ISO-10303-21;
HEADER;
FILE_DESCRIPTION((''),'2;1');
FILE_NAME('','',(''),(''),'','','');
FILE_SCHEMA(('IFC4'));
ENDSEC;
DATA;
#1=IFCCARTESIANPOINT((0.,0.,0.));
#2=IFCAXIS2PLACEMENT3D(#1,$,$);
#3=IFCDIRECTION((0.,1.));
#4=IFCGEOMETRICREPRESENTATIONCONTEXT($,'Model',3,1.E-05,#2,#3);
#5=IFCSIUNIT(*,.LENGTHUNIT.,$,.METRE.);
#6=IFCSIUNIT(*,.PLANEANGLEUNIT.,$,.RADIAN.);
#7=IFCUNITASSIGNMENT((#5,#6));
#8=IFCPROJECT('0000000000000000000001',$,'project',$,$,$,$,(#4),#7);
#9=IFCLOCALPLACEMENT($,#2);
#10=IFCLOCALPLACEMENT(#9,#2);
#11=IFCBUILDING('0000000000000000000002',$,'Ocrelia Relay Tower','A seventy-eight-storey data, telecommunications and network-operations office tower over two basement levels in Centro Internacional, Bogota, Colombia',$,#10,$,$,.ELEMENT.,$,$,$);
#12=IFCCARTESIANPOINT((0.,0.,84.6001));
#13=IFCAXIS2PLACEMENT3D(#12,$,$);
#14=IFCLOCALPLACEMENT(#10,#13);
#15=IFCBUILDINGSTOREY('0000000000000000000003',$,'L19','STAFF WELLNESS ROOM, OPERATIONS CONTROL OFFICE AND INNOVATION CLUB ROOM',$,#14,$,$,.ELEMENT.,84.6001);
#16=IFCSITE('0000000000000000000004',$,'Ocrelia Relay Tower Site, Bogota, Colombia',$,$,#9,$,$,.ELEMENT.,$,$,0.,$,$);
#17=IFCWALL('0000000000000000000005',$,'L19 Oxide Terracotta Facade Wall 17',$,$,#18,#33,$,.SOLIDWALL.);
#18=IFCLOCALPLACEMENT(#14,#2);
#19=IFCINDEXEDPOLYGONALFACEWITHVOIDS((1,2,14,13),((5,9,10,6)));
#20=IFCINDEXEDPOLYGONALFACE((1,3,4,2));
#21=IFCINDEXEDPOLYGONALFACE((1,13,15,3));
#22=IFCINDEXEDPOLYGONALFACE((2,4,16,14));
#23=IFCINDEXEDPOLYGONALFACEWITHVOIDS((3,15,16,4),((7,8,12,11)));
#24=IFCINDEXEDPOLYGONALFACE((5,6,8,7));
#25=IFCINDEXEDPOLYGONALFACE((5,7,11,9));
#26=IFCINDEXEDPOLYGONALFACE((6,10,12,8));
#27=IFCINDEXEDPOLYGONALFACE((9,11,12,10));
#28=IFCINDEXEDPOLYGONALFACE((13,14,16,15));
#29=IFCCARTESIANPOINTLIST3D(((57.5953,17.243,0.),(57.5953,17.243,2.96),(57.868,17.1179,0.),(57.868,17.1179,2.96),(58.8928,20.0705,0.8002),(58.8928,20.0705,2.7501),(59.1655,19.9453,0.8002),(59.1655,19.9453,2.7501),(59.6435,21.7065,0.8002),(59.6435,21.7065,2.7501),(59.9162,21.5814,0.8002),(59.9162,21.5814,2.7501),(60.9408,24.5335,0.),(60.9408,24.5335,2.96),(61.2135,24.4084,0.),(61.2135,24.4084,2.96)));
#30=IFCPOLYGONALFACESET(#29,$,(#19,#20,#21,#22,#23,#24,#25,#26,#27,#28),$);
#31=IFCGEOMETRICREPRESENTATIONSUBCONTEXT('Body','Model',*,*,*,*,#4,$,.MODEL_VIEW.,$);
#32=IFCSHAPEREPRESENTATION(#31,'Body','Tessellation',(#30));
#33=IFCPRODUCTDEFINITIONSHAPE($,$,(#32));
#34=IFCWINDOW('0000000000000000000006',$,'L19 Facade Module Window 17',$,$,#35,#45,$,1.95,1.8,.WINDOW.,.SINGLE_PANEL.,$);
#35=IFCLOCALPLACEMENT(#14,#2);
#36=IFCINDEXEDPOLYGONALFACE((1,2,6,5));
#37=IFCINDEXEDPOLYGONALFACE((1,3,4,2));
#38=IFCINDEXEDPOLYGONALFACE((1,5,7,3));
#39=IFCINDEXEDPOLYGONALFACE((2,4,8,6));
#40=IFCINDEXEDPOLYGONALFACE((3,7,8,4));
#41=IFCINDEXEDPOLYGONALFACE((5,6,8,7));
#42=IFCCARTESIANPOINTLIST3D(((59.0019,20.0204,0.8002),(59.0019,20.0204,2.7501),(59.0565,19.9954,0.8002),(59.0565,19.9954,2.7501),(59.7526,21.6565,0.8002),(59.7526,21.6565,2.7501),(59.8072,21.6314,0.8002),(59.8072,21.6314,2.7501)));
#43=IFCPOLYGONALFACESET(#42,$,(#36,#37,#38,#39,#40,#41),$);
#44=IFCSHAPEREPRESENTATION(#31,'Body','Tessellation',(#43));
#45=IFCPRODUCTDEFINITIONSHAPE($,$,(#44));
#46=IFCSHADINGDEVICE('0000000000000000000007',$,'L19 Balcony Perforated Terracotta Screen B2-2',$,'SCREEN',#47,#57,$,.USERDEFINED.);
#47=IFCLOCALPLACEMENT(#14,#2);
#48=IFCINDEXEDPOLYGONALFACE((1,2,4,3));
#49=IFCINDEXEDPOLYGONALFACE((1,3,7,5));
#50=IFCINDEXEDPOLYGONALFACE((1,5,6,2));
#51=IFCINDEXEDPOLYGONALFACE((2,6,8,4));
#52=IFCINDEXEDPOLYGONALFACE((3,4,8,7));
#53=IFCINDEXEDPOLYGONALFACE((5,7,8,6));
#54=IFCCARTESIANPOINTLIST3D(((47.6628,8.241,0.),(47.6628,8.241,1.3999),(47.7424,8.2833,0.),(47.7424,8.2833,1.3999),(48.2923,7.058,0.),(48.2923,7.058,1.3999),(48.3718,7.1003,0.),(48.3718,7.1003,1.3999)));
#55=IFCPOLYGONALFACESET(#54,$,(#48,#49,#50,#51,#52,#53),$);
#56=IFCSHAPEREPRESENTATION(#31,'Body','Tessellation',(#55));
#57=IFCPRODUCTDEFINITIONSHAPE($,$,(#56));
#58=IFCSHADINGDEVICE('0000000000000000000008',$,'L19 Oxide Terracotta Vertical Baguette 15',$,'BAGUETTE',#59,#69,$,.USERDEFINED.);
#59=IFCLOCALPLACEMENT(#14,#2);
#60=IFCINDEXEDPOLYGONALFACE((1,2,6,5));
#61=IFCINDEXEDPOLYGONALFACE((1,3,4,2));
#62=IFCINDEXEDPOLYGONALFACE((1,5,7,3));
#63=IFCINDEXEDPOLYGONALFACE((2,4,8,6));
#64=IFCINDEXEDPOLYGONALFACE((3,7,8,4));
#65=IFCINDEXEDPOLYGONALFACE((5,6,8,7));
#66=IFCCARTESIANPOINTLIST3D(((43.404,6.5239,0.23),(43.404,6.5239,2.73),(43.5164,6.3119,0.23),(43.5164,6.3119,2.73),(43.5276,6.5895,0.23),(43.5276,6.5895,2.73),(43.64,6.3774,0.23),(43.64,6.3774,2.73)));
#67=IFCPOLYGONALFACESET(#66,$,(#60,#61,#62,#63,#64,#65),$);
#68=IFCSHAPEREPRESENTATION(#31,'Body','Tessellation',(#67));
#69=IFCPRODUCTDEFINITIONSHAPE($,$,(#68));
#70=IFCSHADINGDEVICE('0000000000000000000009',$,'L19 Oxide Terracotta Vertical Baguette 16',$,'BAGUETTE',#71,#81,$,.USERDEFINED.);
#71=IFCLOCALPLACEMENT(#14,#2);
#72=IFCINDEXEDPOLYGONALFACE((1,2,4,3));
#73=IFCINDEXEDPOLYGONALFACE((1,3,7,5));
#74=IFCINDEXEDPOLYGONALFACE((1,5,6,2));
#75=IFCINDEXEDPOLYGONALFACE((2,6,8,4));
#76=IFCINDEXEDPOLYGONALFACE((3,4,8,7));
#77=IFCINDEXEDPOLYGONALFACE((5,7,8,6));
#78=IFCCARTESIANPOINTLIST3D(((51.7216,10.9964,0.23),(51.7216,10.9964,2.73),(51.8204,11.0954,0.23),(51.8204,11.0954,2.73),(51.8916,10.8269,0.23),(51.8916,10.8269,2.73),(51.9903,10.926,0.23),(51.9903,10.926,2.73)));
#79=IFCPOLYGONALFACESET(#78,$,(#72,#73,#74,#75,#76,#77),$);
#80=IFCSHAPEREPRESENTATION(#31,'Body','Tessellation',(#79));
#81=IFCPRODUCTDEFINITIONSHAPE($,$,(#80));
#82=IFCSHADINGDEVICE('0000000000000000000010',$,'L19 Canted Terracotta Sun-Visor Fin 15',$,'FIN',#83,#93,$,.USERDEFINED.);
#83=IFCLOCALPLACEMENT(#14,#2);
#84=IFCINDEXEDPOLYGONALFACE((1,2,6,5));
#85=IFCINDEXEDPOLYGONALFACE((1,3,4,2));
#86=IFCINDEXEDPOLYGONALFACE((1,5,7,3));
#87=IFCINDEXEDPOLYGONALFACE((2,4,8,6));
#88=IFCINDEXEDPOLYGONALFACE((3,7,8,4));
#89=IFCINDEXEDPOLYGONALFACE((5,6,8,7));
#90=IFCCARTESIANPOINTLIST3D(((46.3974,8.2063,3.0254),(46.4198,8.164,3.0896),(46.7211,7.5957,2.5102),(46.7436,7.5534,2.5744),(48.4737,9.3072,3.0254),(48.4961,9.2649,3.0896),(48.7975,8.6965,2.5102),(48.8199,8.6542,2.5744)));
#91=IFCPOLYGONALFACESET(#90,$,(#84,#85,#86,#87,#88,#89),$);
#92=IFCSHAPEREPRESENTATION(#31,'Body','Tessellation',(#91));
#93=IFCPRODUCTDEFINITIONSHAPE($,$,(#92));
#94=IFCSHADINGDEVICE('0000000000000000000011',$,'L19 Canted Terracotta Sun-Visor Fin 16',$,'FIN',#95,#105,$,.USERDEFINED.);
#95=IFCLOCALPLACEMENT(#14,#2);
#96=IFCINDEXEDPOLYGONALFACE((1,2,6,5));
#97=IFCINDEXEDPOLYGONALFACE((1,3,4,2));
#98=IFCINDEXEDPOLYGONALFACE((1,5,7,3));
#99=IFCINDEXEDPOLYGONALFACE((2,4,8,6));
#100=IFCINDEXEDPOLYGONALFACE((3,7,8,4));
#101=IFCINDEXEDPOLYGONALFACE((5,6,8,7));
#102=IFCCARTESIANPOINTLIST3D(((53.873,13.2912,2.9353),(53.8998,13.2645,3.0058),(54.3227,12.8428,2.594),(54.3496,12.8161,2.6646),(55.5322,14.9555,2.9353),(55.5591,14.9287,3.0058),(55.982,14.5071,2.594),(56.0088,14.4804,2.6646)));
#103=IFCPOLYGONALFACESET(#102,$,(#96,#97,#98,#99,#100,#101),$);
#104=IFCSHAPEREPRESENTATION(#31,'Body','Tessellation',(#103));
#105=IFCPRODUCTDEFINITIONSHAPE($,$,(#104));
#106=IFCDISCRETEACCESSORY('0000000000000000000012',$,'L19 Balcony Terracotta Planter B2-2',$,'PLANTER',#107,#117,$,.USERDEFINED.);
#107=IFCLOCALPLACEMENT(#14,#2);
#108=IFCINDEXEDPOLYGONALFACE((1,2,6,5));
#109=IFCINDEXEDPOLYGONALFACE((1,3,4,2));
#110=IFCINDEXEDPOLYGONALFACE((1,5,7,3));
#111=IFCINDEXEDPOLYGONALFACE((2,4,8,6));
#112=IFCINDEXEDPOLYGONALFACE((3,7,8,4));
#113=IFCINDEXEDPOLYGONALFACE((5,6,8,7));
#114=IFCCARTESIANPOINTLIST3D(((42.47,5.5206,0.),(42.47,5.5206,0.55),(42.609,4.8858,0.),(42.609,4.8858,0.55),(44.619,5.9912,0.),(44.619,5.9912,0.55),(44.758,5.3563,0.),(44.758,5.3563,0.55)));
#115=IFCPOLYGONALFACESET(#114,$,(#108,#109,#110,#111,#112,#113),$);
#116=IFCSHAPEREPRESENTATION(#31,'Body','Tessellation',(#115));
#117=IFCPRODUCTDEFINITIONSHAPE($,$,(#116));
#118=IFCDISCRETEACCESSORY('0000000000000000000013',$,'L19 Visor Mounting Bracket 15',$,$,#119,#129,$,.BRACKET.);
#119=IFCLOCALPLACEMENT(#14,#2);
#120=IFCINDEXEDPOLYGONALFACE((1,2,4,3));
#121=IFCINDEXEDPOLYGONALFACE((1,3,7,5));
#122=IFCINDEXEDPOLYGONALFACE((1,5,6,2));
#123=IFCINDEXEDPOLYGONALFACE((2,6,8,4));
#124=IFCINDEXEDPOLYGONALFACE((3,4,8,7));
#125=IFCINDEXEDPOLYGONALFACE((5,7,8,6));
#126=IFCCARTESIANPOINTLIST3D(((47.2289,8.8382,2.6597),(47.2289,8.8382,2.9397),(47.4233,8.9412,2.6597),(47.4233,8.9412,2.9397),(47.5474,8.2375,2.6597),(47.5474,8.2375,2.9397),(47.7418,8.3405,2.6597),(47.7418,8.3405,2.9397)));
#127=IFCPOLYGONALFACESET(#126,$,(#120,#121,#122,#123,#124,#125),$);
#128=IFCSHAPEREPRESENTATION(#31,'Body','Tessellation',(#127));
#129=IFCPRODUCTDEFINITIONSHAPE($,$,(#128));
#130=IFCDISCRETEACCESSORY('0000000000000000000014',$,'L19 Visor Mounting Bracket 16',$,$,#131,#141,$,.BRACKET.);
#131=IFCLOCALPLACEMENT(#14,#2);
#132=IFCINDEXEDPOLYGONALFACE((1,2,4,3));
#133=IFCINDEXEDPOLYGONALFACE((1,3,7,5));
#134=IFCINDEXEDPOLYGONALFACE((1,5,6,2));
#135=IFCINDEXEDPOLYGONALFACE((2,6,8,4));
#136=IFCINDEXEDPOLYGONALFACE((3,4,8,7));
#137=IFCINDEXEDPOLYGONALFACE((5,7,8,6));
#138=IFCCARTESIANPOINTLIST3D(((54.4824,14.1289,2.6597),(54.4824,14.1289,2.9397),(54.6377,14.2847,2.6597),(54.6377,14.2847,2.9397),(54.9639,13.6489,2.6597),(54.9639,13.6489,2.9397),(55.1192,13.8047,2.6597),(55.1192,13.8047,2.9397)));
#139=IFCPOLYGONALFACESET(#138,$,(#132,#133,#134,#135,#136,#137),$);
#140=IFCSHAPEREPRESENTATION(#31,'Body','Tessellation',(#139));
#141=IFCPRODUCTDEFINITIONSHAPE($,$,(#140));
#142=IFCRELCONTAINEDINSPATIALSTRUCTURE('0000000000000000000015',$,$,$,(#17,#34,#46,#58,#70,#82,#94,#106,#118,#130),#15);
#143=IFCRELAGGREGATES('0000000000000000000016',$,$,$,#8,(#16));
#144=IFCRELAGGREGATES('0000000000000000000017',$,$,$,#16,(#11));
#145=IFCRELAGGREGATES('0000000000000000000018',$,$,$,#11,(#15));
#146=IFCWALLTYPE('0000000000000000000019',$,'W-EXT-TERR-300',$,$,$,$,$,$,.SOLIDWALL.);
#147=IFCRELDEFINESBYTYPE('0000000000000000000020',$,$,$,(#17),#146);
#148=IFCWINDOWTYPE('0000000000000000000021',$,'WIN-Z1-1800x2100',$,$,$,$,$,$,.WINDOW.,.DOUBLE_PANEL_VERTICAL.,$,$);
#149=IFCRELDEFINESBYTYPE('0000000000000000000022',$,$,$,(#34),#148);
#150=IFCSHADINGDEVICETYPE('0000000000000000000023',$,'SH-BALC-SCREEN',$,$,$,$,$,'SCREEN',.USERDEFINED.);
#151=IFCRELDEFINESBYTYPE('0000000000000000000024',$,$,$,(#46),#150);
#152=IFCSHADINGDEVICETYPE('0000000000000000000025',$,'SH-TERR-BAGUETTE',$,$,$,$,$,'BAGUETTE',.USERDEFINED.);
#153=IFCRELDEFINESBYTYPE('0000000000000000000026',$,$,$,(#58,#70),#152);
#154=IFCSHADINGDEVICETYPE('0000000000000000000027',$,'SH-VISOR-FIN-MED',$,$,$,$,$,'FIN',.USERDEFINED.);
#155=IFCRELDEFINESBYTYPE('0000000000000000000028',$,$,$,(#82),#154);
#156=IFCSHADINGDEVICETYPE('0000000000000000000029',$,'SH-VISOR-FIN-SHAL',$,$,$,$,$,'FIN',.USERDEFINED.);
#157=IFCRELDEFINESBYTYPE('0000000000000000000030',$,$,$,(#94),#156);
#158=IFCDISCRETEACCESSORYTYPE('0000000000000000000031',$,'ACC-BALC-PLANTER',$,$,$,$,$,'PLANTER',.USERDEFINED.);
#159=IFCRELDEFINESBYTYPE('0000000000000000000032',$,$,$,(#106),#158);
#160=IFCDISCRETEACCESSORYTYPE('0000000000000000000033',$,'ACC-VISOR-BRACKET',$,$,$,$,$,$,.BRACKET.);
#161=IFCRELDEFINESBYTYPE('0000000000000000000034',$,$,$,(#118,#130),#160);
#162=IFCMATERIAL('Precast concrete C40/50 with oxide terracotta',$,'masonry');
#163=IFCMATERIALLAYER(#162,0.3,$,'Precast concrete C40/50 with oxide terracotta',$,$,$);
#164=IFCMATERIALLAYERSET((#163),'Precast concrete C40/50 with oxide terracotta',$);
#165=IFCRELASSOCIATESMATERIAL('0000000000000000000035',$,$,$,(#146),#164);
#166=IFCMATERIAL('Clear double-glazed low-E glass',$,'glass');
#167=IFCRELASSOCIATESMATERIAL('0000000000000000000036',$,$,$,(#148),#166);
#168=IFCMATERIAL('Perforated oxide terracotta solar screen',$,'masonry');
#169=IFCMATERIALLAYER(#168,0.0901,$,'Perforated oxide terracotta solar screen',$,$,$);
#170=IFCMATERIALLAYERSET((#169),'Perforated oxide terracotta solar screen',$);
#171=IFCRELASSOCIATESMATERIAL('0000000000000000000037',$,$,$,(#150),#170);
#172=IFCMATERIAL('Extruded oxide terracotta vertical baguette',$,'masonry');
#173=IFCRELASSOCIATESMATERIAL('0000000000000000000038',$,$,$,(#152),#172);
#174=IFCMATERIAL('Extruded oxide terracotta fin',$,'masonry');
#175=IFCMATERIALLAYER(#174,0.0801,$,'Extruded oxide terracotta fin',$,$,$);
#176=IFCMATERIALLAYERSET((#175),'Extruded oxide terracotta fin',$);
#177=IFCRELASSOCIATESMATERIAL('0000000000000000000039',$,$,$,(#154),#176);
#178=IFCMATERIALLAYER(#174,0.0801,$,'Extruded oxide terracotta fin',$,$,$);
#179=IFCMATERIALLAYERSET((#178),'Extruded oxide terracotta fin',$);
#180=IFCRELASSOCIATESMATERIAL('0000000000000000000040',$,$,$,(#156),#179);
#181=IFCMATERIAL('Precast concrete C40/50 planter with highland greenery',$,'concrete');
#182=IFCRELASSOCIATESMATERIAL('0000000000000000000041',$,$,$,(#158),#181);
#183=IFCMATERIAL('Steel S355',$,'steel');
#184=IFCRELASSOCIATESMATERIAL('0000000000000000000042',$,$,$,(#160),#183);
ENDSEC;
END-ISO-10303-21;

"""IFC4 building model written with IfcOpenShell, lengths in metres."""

from ifc_helpers import new_model, si_unit, direction, frame, frame_2d, origin, origin_2d, place, context, subcontext, project, spatial, rectangle, extrude, material, layer, layer_set, type_object, element, fill, save


model = new_model("IFC4")

# Units and contexts
model_context = context("Model", 3, precision=1e-05, world=origin(), true_north=direction((0.0, 1.0)))
body_context = subcontext(model_context, "Body", "Model", "MODEL_VIEW")
ifc_project = project(units=[si_unit("LENGTHUNIT", "METRE"), si_unit("PLANEANGLEUNIT", "RADIAN")], contexts=[model_context])

# Site, building, storey
site_placement = place(None, origin())
site = spatial("IfcSite", under=ifc_project, at=site_placement, Name="Ocrelia Relay Tower Site, Bogota, Colombia", CompositionType="ELEMENT", RefElevation=0.0)
building_placement = place(site_placement, origin())
building = spatial("IfcBuilding", under=site, at=building_placement, Name="Ocrelia Relay Tower", Description="A seventy-eight-storey data, telecommunications and network-operations office tower over two basement levels in Centro Internacional, Bogota, Colombia", CompositionType="ELEMENT")
storey_placement = place(building_placement, frame((0.0, 0.0, 84.6001)))
storey = spatial("IfcBuildingStorey", under=building, at=storey_placement, Name="L19", Description="STAFF WELLNESS ROOM, OPERATIONS CONTROL OFFICE AND INNOVATION CLUB ROOM", CompositionType="ELEMENT", Elevation=84.6001)

# Shared definitions
ifc_material_1 = material(Name="Steel S355", Category="steel")

# Wall, opening, window
ifc_material_2 = material(Name="Precast concrete C40/50 with oxide terracotta", Category="masonry")
ifc_layer_1 = layer(ifc_material_2, 0.3, Name="Precast concrete C40/50 with oxide terracotta")
ifc_layer_set_1 = layer_set([ifc_layer_1], Name="Precast concrete C40/50 with oxide terracotta")
wall_type_1 = type_object("IfcWallType", Name="W-EXT-TERR-300", PredefinedType="SOLIDWALL", material=ifc_layer_set_1)
ifc_material_3 = material(Name="Clear double-glazed low-E glass", Category="glass")
window_type = type_object("IfcWindowType", Name="WIN-Z1-1800x2100", PartitioningType="DOUBLE_PANEL_VERTICAL", PredefinedType="WINDOW", material=ifc_material_3)
wall_1_placement = place(storey_placement, frame((57.7317, 17.1804, 0.0), z_axis=(0.0, 0.0, 1.0), x_axis=(0.417063, 0.908877, 0.0)))
wall_1 = element("IfcWall", 1, at=wall_1_placement, inside=storey, type_object=wall_type_1, Name="L19 Oxide Terracotta Facade Wall 17", PredefinedType="SOLIDWALL", context=body_context, shape_type="SweptSolid", body=[
    extrude(rectangle(XDim=8.0215, YDim=0.3, at=frame_2d((4.0107, 0.0))), origin(), (0.0, 0.0, 1.0), 2.96),
])
opening_1_placement = place(wall_1_placement, frame((3.1111, 0.0, 0.8)))
opening_1 = element("IfcOpeningElement", 2, at=opening_1_placement, cuts=wall_1, PredefinedType="OPENING", context=body_context, shape_type="SweptSolid", body=[
    extrude(rectangle(XDim=1.8, YDim=1.95, at=frame_2d((0.8999, 0.9751))), frame((0.0, 0.1602, 0.0), z_axis=(0.0, -1.0, 0.0), x_axis=(1.0, 0.0, 0.0)), (0.0, 0.0, 1.0), 0.3201),
])
window_1_placement = place(opening_1_placement, origin())
window_1 = element("IfcWindow", 3, at=window_1_placement, inside=storey, type_object=window_type, Name="L19 Facade Module Window 17", OverallHeight=1.95, OverallWidth=1.8, PartitioningType="SINGLE_PANEL", PredefinedType="WINDOW", context=body_context, shape_type="SweptSolid", body=[
    extrude(rectangle(XDim=1.8, YDim=1.95, at=frame_2d((0.8999, 0.9751))), frame((0.0, 0.03, 0.0), z_axis=(0.0, -1.0, 0.0), x_axis=(1.0, 0.0, 0.0)), (0.0, 0.0, 1.0), 0.0601),
])
fill(opening_1, window_1)

# Shading devices
ifc_material_4 = material(Name="Perforated oxide terracotta solar screen", Category="masonry")
ifc_layer_2 = layer(ifc_material_4, 0.0901, Name="Perforated oxide terracotta solar screen")
ifc_layer_set_2 = layer_set([ifc_layer_2], Name="Perforated oxide terracotta solar screen")
shading_device_type_1 = type_object("IfcShadingDeviceType", Name="SH-BALC-SCREEN", ElementType="SCREEN", PredefinedType="USERDEFINED", material=ifc_layer_set_2)
shading_device_1_placement = place(storey_placement, frame((48.0173, 7.6707, 0.0), z_axis=(0.0, 0.0, 1.0), x_axis=(0.46972, -0.882815, 0.0)))
element("IfcShadingDevice", 4, at=shading_device_1_placement, inside=storey, type_object=shading_device_type_1, Name="L19 Balcony Perforated Terracotta Screen B2-2", ObjectType="SCREEN", PredefinedType="USERDEFINED", context=body_context, shape_type="SweptSolid", body=[
    extrude(rectangle(XDim=1.3401, YDim=0.0901, at=origin_2d()), origin(), (0.0, 0.0, 1.0), 1.3999),
])
ifc_material_5 = material(Name="Extruded oxide terracotta vertical baguette", Category="masonry")
shading_device_type_2 = type_object("IfcShadingDeviceType", Name="SH-TERR-BAGUETTE", ElementType="BAGUETTE", PredefinedType="USERDEFINED", material=ifc_material_5)
for number, where, z_axis, x_axis, name in (
    (5, (43.522, 6.4507, 0.23), (0.0, 0.0, 1.0), (0.883502, 0.468427, 0.0), "L19 Oxide Terracotta Vertical Baguette 15"),
    (6, (51.856, 10.9612, 0.23), (0.0, 0.0, 1.0), (0.706031, 0.708181, 0.0), "L19 Oxide Terracotta Vertical Baguette 16"),
):
    element("IfcShadingDevice", number, at=place(storey_placement, frame(where, z_axis=z_axis, x_axis=x_axis)), inside=storey, type_object=shading_device_type_2, Name=name, ObjectType="BAGUETTE", PredefinedType="USERDEFINED", context=body_context, shape_type="SweptSolid", body=[
        extrude(rectangle(XDim=0.1399, YDim=0.24, at=origin_2d()), origin(), (0.0, 0.0, 1.0), 2.5),
    ])
ifc_material_6 = material(Name="Extruded oxide terracotta fin", Category="masonry")
ifc_layer_3 = layer(ifc_material_6, 0.0801, Name="Extruded oxide terracotta fin")
ifc_layer_set_3 = layer_set([ifc_layer_3], Name="Extruded oxide terracotta fin")
shading_device_type_3 = type_object("IfcShadingDeviceType", Name="SH-VISOR-FIN-MED", ElementType="FIN", PredefinedType="USERDEFINED", material=ifc_layer_set_3)
shading_device_2_placement = place(storey_placement, frame((47.5974, 8.4514, 2.7678), z_axis=(0.279944, -0.528003, 0.801776), x_axis=(0.883502, 0.468427, 0.0)))
element("IfcShadingDevice", 7, at=shading_device_2_placement, inside=storey, type_object=shading_device_type_3, Name="L19 Canted Terracotta Sun-Visor Fin 15", ObjectType="FIN", PredefinedType="USERDEFINED", context=body_context, shape_type="SweptSolid", body=[
    extrude(rectangle(XDim=2.3501, YDim=0.8621, at=origin_2d()), origin(), (0.0, 0.0, 1.0), 0.0801),
])
ifc_layer_4 = layer(ifc_material_6, 0.0801, Name="Extruded oxide terracotta fin")
ifc_layer_set_4 = layer_set([ifc_layer_4], Name="Extruded oxide terracotta fin")
shading_device_type_4 = type_object("IfcShadingDeviceType", Name="SH-VISOR-FIN-SHAL", ElementType="FIN", PredefinedType="USERDEFINED", material=ifc_layer_set_4)
shading_device_3_placement = place(storey_placement, frame((54.9275, 13.8992, 2.7646), z_axis=(0.335196, -0.334178, 0.880891), x_axis=(0.706031, 0.708181, 0.0)))
element("IfcShadingDevice", 8, at=shading_device_3_placement, inside=storey, type_object=shading_device_type_4, Name="L19 Canted Terracotta Sun-Visor Fin 16", ObjectType="FIN", PredefinedType="USERDEFINED", context=body_context, shape_type="SweptSolid", body=[
    extrude(rectangle(XDim=2.3501, YDim=0.7209, at=origin_2d()), origin(), (0.0, 0.0, 1.0), 0.0801),
])

# Discrete accessories
ifc_material_7 = material(Name="Precast concrete C40/50 planter with highland greenery", Category="concrete")
discrete_accessory_type_1 = type_object("IfcDiscreteAccessoryType", Name="ACC-BALC-PLANTER", ElementType="PLANTER", PredefinedType="USERDEFINED", material=ifc_material_7)
discrete_accessory_placement = place(storey_placement, frame((43.614, 5.4385, 0.0), z_axis=(0.0, 0.0, 1.0), x_axis=(-0.97686, -0.213881, 0.0)))
element("IfcDiscreteAccessory", 9, at=discrete_accessory_placement, inside=storey, type_object=discrete_accessory_type_1, Name="L19 Balcony Terracotta Planter B2-2", ObjectType="PLANTER", PredefinedType="USERDEFINED", context=body_context, shape_type="SweptSolid", body=[
    extrude(rectangle(XDim=2.2, YDim=0.6499, at=origin_2d()), origin(), (0.0, 0.0, 1.0), 0.55),
])
discrete_accessory_type_2 = type_object("IfcDiscreteAccessoryType", Name="ACC-VISOR-BRACKET", PredefinedType="BRACKET", material=ifc_material_1)
for number, where, z_axis, x_axis, name in (
    (10, (47.4854, 8.5894, 2.6597), (0.0, 0.0, 1.0), (0.883502, 0.468427, 0.0), "L19 Visor Mounting Bracket 15"),
    (11, (54.8008, 13.9668, 2.6597), (0.0, 0.0, 1.0), (0.706031, 0.708181, 0.0), "L19 Visor Mounting Bracket 16"),
):
    element("IfcDiscreteAccessory", number, at=place(storey_placement, frame(where, z_axis=z_axis, x_axis=x_axis)), inside=storey, type_object=discrete_accessory_type_2, Name=name, PredefinedType="BRACKET", context=body_context, shape_type="SweptSolid", body=[
        extrude(rectangle(XDim=0.22, YDim=0.6799, at=origin_2d()), origin(), (0.0, 0.0, 1.0), 0.28),
    ])

save(model, "model.ifc")
